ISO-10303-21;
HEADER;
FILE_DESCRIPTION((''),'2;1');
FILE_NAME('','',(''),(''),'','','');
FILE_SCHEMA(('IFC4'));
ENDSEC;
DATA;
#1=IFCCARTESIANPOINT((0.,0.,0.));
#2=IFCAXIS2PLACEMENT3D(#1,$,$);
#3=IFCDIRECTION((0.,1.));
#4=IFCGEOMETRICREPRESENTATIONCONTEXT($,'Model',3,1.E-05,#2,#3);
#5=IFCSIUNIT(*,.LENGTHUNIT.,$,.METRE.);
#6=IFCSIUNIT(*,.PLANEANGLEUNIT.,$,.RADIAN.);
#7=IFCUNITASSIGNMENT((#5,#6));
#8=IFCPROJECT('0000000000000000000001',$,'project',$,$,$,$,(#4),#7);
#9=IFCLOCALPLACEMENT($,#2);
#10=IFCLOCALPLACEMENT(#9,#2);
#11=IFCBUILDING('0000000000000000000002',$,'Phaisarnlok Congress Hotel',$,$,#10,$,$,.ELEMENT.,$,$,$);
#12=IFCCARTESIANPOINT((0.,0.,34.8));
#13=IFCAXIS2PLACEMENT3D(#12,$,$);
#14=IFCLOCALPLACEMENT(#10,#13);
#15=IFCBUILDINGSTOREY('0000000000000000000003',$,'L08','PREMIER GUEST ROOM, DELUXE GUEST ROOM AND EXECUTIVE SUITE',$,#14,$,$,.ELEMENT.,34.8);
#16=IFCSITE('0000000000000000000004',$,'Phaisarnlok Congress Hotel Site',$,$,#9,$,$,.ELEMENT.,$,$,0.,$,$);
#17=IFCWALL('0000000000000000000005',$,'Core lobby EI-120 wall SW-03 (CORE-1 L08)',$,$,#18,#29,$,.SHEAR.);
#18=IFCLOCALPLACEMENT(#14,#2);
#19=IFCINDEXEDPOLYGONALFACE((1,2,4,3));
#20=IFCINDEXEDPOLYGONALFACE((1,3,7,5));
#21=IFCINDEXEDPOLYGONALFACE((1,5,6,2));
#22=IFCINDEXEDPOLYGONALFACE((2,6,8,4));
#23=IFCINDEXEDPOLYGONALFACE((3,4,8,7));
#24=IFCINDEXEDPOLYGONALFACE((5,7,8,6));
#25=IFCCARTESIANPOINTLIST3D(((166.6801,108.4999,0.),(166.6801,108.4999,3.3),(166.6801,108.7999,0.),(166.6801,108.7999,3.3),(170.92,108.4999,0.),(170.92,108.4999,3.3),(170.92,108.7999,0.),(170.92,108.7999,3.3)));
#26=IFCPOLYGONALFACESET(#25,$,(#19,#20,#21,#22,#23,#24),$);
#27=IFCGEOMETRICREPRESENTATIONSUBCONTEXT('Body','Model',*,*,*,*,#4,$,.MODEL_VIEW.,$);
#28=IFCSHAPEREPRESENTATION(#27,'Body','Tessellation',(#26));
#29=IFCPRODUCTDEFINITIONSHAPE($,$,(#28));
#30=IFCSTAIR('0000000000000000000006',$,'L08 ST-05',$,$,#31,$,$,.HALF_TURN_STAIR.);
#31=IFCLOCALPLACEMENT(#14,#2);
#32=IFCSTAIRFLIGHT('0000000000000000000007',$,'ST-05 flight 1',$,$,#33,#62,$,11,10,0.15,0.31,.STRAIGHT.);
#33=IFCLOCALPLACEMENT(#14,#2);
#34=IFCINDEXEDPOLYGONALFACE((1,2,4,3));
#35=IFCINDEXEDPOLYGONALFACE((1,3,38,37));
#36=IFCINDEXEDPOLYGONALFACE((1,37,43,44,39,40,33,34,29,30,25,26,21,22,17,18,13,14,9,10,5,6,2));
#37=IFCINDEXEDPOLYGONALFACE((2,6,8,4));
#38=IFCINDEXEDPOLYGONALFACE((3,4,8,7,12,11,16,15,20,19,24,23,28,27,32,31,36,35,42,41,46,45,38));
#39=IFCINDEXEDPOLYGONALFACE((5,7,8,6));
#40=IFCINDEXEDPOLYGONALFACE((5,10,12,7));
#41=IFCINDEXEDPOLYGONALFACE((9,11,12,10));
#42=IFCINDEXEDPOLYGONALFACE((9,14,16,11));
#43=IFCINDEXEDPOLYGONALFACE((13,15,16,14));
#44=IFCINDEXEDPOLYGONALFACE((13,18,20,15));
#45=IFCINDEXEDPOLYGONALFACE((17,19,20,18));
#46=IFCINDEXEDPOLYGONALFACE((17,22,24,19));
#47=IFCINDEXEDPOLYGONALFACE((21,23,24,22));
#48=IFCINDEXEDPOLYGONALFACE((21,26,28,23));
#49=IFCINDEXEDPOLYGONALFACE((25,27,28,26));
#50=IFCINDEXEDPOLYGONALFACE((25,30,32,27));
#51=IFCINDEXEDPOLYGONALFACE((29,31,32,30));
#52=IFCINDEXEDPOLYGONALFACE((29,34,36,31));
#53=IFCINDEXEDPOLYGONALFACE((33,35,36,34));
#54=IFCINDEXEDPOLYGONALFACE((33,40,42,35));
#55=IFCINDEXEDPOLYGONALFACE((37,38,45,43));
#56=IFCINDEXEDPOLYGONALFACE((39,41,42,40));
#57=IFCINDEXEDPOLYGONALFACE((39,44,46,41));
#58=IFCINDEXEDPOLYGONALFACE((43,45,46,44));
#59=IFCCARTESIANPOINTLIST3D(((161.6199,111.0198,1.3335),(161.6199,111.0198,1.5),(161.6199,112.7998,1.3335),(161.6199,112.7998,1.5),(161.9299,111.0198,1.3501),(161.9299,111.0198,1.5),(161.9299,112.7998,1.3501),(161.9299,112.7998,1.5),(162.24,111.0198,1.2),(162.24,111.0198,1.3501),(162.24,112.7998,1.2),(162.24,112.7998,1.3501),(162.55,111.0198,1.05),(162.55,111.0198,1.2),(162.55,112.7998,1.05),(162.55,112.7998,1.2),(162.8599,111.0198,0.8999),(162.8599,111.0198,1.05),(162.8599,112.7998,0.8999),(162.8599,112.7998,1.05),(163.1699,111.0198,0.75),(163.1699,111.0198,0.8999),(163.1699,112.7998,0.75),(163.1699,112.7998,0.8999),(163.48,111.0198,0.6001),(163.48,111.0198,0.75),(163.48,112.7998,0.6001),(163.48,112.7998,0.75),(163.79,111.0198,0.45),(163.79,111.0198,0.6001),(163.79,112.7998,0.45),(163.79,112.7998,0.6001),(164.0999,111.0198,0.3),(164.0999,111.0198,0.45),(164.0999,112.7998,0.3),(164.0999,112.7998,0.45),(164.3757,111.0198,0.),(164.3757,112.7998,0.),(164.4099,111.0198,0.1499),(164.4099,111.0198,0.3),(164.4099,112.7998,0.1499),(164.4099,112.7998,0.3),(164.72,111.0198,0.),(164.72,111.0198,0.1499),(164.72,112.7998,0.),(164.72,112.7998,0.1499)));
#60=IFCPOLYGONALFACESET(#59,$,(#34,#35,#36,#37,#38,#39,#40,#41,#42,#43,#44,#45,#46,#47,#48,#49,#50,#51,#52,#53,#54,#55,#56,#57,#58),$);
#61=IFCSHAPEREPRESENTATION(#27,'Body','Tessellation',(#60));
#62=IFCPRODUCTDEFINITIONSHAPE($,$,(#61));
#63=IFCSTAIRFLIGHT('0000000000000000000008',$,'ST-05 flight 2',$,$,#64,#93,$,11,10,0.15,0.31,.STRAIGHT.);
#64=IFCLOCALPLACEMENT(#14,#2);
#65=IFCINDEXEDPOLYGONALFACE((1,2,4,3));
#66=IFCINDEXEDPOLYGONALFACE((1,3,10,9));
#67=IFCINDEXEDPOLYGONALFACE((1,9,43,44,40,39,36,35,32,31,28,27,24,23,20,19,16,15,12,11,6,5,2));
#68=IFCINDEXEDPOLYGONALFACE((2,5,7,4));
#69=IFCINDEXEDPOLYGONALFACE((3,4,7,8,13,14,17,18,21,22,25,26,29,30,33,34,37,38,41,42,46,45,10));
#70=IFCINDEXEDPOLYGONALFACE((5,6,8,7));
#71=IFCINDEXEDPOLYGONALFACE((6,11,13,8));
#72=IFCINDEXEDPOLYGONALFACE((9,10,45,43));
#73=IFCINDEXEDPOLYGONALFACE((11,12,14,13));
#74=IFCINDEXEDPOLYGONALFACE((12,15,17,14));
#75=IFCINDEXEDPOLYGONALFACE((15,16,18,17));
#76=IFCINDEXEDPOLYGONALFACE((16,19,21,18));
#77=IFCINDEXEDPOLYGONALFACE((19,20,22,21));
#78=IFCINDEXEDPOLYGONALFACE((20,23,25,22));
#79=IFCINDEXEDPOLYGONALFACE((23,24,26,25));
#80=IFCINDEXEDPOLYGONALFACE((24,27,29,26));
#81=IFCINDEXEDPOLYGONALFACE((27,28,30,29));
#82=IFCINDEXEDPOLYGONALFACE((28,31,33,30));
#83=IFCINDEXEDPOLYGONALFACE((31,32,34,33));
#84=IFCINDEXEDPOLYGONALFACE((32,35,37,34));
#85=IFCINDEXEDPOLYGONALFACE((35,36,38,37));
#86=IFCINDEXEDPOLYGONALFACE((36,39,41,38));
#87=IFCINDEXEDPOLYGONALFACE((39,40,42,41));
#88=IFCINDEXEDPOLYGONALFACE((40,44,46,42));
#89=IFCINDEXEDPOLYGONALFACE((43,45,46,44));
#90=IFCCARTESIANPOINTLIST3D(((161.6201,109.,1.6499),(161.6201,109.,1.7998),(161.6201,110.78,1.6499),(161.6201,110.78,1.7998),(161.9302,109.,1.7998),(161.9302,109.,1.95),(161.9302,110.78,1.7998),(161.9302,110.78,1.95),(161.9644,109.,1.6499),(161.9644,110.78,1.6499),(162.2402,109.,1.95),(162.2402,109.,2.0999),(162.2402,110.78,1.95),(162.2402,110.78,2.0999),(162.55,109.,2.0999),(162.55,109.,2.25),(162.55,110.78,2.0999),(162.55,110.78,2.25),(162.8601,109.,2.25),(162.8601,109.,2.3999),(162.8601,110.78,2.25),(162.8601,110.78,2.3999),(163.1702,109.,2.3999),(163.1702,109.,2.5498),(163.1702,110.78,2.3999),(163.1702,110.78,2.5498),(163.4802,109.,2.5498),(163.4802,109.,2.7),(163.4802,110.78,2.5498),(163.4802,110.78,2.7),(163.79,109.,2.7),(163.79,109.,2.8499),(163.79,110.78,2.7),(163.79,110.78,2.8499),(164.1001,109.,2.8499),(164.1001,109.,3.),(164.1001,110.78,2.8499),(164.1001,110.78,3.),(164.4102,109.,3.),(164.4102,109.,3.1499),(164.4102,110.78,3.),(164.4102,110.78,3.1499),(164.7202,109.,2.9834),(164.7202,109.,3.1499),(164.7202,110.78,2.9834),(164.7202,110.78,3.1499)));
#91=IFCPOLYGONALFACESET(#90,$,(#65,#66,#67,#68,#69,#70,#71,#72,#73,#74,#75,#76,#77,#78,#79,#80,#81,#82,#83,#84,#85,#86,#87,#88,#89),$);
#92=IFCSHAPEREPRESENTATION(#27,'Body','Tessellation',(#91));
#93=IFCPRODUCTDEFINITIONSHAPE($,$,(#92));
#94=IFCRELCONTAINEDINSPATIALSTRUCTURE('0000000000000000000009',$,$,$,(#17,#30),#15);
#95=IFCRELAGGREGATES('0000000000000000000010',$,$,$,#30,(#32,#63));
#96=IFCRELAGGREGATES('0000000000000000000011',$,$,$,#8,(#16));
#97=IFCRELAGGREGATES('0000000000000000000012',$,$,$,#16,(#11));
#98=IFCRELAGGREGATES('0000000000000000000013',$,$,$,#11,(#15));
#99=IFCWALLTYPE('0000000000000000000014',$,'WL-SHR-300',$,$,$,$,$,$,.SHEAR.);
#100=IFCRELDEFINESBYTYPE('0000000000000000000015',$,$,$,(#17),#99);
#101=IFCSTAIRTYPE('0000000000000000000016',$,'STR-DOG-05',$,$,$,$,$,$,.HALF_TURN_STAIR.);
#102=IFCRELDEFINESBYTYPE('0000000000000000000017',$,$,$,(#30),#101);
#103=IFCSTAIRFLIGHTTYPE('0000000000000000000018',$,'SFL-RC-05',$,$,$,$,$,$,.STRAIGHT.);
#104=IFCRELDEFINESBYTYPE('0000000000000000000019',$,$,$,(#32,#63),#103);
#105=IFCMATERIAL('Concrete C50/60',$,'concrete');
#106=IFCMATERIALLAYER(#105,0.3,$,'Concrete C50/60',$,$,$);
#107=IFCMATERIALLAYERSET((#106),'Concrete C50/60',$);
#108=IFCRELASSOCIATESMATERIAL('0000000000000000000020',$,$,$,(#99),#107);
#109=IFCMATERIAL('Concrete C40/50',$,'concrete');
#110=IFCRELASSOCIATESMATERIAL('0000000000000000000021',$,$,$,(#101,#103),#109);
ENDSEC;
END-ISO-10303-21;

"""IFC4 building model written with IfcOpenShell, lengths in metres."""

from ifc_helpers import new_model, si_unit, direction, frame, frame_2d, origin, place, context, subcontext, project, spatial, polyline, rectangle, outline, extrude, material, layer, layer_set, type_object, element, aggregate, save


model = new_model("IFC4")

# Units and contexts
model_context = context("Model", 3, precision=1e-05, world=origin(), true_north=direction((0.0, 1.0)))
body_context = subcontext(model_context, "Body", "Model", "MODEL_VIEW")
ifc_project = project(units=[si_unit("LENGTHUNIT", "METRE"), si_unit("PLANEANGLEUNIT", "RADIAN")], contexts=[model_context])

# Site, building, storey
site_placement = place(None, origin())
site = spatial("IfcSite", under=ifc_project, at=site_placement, Name="Phaisarnlok Congress Hotel Site", CompositionType="ELEMENT", RefElevation=0.0)
building_placement = place(site_placement, origin())
building = spatial("IfcBuilding", under=site, at=building_placement, Name="Phaisarnlok Congress Hotel", CompositionType="ELEMENT")
storey_placement = place(building_placement, frame((0.0, 0.0, 34.8)))
storey = spatial("IfcBuildingStorey", under=building, at=storey_placement, Name="L08", Description="PREMIER GUEST ROOM, DELUXE GUEST ROOM AND EXECUTIVE SUITE", CompositionType="ELEMENT", Elevation=34.8)

# Shared definitions
ifc_material_1 = material(Name="Concrete C50/60", Category="concrete")

# Shared definitions
ifc_material_2 = material(Name="Concrete C40/50", Category="concrete")

# Shared definitions
ifc_layer_1 = layer(ifc_material_1, 0.3, Name="Concrete C50/60")
ifc_layer_set_1 = layer_set([ifc_layer_1], Name="Concrete C50/60")
wall_type_1 = type_object("IfcWallType", Name="WL-SHR-300", PredefinedType="SHEAR", material=ifc_layer_set_1)

# Wall
wall_1_placement = place(storey_placement, frame((166.6799, 108.6499, 0.0), z_axis=(0.0, 0.0, 1.0), x_axis=(1.0, 0.0, 0.0)))
element("IfcWall", 1, at=wall_1_placement, inside=storey, type_object=wall_type_1, Name="Core lobby EI-120 wall SW-03 (CORE-1 L08)", PredefinedType="SHEAR", context=body_context, shape_type="SweptSolid", body=[
    extrude(rectangle(XDim=4.24, YDim=0.3, at=frame_2d((2.1201, 0.0))), origin(), (0.0, 0.0, 1.0), 3.3),
])

# Stair, stair flights
stair_type = type_object("IfcStairType", Name="STR-DOG-05", PredefinedType="HALF_TURN_STAIR", material=ifc_material_2)
stair_placement = place(storey_placement, origin())
stair = element("IfcStair", 2, at=stair_placement, inside=storey, type_object=stair_type, Name="L08 ST-05", PredefinedType="HALF_TURN_STAIR")
stair_flight_type = type_object("IfcStairFlightType", Name="SFL-RC-05", PredefinedType="STRAIGHT", material=ifc_material_2)
stair_flight_1_placement = place(storey_placement, frame((164.72, 111.9099, 0.0), z_axis=(0.0, 0.0, 1.0), x_axis=(-1.0, 0.0, 0.0)))
stair_flight_1 = element("IfcStairFlight", 3, at=stair_flight_1_placement, type_object=stair_flight_type, Name="ST-05 flight 1", NumberOfRisers=11, NumberOfTreads=10, PredefinedType="STRAIGHT", RiserHeight=0.15, TreadLength=0.31, context=body_context, shape_type="SweptSolid", body=[
    extrude(outline(polyline([(0.0, 0.0), (0.0, 0.1499), (0.3101, 0.1499), (0.3101, 0.3), (0.6201, 0.3), (0.6201, 0.45), (0.9299, 0.45), (0.9299, 0.6001), (1.24, 0.6001), (1.24, 0.75), (1.55, 0.75), (1.55, 0.8999), (1.8601, 0.8999), (1.8601, 1.05), (2.1699, 1.05), (2.1699, 1.2), (2.48, 1.2), (2.48, 1.3501), (2.79, 1.3501), (2.79, 1.5), (3.1001, 1.5), (3.1001, 1.6499), (3.1001, 1.3335), (0.3442, 0.0), (0.0, 0.0)])), frame((0.0, 0.8901, 0.0), z_axis=(0.0, -1.0, 0.0), x_axis=(1.0, 0.0, 0.0)), (0.0, 0.0, 1.0), 1.78),
])
stair_flight_2_placement = place(storey_placement, frame((161.6201, 109.8899, 1.6499), z_axis=(0.0, 0.0, 1.0), x_axis=(1.0, 0.0, 0.0)))
stair_flight_2 = element("IfcStairFlight", 4, at=stair_flight_2_placement, type_object=stair_flight_type, Name="ST-05 flight 2", NumberOfRisers=11, NumberOfTreads=10, PredefinedType="STRAIGHT", RiserHeight=0.15, TreadLength=0.31, context=body_context, shape_type="SweptSolid", body=[
    extrude(outline(polyline([(0.0, 0.0), (0.0, 0.1499), (0.3101, 0.1499), (0.3101, 0.3), (0.6201, 0.3), (0.6201, 0.45), (0.9299, 0.45), (0.9299, 0.6001), (1.24, 0.6001), (1.24, 0.75), (1.55, 0.75), (1.55, 0.8999), (1.8601, 0.8999), (1.8601, 1.05), (2.1699, 1.05), (2.1699, 1.2), (2.48, 1.2), (2.48, 1.3501), (2.79, 1.3501), (2.79, 1.5), (3.1001, 1.5), (3.1001, 1.6499), (3.1001, 1.3335), (0.3442, 0.0), (0.0, 0.0)])), frame((0.0, 0.8901, 0.0), z_axis=(0.0, -1.0, 0.0), x_axis=(1.0, 0.0, 0.0)), (0.0, 0.0, 1.0), 1.78),
])
aggregate(stair, [stair_flight_1, stair_flight_2])

save(model, "model.ifc")
